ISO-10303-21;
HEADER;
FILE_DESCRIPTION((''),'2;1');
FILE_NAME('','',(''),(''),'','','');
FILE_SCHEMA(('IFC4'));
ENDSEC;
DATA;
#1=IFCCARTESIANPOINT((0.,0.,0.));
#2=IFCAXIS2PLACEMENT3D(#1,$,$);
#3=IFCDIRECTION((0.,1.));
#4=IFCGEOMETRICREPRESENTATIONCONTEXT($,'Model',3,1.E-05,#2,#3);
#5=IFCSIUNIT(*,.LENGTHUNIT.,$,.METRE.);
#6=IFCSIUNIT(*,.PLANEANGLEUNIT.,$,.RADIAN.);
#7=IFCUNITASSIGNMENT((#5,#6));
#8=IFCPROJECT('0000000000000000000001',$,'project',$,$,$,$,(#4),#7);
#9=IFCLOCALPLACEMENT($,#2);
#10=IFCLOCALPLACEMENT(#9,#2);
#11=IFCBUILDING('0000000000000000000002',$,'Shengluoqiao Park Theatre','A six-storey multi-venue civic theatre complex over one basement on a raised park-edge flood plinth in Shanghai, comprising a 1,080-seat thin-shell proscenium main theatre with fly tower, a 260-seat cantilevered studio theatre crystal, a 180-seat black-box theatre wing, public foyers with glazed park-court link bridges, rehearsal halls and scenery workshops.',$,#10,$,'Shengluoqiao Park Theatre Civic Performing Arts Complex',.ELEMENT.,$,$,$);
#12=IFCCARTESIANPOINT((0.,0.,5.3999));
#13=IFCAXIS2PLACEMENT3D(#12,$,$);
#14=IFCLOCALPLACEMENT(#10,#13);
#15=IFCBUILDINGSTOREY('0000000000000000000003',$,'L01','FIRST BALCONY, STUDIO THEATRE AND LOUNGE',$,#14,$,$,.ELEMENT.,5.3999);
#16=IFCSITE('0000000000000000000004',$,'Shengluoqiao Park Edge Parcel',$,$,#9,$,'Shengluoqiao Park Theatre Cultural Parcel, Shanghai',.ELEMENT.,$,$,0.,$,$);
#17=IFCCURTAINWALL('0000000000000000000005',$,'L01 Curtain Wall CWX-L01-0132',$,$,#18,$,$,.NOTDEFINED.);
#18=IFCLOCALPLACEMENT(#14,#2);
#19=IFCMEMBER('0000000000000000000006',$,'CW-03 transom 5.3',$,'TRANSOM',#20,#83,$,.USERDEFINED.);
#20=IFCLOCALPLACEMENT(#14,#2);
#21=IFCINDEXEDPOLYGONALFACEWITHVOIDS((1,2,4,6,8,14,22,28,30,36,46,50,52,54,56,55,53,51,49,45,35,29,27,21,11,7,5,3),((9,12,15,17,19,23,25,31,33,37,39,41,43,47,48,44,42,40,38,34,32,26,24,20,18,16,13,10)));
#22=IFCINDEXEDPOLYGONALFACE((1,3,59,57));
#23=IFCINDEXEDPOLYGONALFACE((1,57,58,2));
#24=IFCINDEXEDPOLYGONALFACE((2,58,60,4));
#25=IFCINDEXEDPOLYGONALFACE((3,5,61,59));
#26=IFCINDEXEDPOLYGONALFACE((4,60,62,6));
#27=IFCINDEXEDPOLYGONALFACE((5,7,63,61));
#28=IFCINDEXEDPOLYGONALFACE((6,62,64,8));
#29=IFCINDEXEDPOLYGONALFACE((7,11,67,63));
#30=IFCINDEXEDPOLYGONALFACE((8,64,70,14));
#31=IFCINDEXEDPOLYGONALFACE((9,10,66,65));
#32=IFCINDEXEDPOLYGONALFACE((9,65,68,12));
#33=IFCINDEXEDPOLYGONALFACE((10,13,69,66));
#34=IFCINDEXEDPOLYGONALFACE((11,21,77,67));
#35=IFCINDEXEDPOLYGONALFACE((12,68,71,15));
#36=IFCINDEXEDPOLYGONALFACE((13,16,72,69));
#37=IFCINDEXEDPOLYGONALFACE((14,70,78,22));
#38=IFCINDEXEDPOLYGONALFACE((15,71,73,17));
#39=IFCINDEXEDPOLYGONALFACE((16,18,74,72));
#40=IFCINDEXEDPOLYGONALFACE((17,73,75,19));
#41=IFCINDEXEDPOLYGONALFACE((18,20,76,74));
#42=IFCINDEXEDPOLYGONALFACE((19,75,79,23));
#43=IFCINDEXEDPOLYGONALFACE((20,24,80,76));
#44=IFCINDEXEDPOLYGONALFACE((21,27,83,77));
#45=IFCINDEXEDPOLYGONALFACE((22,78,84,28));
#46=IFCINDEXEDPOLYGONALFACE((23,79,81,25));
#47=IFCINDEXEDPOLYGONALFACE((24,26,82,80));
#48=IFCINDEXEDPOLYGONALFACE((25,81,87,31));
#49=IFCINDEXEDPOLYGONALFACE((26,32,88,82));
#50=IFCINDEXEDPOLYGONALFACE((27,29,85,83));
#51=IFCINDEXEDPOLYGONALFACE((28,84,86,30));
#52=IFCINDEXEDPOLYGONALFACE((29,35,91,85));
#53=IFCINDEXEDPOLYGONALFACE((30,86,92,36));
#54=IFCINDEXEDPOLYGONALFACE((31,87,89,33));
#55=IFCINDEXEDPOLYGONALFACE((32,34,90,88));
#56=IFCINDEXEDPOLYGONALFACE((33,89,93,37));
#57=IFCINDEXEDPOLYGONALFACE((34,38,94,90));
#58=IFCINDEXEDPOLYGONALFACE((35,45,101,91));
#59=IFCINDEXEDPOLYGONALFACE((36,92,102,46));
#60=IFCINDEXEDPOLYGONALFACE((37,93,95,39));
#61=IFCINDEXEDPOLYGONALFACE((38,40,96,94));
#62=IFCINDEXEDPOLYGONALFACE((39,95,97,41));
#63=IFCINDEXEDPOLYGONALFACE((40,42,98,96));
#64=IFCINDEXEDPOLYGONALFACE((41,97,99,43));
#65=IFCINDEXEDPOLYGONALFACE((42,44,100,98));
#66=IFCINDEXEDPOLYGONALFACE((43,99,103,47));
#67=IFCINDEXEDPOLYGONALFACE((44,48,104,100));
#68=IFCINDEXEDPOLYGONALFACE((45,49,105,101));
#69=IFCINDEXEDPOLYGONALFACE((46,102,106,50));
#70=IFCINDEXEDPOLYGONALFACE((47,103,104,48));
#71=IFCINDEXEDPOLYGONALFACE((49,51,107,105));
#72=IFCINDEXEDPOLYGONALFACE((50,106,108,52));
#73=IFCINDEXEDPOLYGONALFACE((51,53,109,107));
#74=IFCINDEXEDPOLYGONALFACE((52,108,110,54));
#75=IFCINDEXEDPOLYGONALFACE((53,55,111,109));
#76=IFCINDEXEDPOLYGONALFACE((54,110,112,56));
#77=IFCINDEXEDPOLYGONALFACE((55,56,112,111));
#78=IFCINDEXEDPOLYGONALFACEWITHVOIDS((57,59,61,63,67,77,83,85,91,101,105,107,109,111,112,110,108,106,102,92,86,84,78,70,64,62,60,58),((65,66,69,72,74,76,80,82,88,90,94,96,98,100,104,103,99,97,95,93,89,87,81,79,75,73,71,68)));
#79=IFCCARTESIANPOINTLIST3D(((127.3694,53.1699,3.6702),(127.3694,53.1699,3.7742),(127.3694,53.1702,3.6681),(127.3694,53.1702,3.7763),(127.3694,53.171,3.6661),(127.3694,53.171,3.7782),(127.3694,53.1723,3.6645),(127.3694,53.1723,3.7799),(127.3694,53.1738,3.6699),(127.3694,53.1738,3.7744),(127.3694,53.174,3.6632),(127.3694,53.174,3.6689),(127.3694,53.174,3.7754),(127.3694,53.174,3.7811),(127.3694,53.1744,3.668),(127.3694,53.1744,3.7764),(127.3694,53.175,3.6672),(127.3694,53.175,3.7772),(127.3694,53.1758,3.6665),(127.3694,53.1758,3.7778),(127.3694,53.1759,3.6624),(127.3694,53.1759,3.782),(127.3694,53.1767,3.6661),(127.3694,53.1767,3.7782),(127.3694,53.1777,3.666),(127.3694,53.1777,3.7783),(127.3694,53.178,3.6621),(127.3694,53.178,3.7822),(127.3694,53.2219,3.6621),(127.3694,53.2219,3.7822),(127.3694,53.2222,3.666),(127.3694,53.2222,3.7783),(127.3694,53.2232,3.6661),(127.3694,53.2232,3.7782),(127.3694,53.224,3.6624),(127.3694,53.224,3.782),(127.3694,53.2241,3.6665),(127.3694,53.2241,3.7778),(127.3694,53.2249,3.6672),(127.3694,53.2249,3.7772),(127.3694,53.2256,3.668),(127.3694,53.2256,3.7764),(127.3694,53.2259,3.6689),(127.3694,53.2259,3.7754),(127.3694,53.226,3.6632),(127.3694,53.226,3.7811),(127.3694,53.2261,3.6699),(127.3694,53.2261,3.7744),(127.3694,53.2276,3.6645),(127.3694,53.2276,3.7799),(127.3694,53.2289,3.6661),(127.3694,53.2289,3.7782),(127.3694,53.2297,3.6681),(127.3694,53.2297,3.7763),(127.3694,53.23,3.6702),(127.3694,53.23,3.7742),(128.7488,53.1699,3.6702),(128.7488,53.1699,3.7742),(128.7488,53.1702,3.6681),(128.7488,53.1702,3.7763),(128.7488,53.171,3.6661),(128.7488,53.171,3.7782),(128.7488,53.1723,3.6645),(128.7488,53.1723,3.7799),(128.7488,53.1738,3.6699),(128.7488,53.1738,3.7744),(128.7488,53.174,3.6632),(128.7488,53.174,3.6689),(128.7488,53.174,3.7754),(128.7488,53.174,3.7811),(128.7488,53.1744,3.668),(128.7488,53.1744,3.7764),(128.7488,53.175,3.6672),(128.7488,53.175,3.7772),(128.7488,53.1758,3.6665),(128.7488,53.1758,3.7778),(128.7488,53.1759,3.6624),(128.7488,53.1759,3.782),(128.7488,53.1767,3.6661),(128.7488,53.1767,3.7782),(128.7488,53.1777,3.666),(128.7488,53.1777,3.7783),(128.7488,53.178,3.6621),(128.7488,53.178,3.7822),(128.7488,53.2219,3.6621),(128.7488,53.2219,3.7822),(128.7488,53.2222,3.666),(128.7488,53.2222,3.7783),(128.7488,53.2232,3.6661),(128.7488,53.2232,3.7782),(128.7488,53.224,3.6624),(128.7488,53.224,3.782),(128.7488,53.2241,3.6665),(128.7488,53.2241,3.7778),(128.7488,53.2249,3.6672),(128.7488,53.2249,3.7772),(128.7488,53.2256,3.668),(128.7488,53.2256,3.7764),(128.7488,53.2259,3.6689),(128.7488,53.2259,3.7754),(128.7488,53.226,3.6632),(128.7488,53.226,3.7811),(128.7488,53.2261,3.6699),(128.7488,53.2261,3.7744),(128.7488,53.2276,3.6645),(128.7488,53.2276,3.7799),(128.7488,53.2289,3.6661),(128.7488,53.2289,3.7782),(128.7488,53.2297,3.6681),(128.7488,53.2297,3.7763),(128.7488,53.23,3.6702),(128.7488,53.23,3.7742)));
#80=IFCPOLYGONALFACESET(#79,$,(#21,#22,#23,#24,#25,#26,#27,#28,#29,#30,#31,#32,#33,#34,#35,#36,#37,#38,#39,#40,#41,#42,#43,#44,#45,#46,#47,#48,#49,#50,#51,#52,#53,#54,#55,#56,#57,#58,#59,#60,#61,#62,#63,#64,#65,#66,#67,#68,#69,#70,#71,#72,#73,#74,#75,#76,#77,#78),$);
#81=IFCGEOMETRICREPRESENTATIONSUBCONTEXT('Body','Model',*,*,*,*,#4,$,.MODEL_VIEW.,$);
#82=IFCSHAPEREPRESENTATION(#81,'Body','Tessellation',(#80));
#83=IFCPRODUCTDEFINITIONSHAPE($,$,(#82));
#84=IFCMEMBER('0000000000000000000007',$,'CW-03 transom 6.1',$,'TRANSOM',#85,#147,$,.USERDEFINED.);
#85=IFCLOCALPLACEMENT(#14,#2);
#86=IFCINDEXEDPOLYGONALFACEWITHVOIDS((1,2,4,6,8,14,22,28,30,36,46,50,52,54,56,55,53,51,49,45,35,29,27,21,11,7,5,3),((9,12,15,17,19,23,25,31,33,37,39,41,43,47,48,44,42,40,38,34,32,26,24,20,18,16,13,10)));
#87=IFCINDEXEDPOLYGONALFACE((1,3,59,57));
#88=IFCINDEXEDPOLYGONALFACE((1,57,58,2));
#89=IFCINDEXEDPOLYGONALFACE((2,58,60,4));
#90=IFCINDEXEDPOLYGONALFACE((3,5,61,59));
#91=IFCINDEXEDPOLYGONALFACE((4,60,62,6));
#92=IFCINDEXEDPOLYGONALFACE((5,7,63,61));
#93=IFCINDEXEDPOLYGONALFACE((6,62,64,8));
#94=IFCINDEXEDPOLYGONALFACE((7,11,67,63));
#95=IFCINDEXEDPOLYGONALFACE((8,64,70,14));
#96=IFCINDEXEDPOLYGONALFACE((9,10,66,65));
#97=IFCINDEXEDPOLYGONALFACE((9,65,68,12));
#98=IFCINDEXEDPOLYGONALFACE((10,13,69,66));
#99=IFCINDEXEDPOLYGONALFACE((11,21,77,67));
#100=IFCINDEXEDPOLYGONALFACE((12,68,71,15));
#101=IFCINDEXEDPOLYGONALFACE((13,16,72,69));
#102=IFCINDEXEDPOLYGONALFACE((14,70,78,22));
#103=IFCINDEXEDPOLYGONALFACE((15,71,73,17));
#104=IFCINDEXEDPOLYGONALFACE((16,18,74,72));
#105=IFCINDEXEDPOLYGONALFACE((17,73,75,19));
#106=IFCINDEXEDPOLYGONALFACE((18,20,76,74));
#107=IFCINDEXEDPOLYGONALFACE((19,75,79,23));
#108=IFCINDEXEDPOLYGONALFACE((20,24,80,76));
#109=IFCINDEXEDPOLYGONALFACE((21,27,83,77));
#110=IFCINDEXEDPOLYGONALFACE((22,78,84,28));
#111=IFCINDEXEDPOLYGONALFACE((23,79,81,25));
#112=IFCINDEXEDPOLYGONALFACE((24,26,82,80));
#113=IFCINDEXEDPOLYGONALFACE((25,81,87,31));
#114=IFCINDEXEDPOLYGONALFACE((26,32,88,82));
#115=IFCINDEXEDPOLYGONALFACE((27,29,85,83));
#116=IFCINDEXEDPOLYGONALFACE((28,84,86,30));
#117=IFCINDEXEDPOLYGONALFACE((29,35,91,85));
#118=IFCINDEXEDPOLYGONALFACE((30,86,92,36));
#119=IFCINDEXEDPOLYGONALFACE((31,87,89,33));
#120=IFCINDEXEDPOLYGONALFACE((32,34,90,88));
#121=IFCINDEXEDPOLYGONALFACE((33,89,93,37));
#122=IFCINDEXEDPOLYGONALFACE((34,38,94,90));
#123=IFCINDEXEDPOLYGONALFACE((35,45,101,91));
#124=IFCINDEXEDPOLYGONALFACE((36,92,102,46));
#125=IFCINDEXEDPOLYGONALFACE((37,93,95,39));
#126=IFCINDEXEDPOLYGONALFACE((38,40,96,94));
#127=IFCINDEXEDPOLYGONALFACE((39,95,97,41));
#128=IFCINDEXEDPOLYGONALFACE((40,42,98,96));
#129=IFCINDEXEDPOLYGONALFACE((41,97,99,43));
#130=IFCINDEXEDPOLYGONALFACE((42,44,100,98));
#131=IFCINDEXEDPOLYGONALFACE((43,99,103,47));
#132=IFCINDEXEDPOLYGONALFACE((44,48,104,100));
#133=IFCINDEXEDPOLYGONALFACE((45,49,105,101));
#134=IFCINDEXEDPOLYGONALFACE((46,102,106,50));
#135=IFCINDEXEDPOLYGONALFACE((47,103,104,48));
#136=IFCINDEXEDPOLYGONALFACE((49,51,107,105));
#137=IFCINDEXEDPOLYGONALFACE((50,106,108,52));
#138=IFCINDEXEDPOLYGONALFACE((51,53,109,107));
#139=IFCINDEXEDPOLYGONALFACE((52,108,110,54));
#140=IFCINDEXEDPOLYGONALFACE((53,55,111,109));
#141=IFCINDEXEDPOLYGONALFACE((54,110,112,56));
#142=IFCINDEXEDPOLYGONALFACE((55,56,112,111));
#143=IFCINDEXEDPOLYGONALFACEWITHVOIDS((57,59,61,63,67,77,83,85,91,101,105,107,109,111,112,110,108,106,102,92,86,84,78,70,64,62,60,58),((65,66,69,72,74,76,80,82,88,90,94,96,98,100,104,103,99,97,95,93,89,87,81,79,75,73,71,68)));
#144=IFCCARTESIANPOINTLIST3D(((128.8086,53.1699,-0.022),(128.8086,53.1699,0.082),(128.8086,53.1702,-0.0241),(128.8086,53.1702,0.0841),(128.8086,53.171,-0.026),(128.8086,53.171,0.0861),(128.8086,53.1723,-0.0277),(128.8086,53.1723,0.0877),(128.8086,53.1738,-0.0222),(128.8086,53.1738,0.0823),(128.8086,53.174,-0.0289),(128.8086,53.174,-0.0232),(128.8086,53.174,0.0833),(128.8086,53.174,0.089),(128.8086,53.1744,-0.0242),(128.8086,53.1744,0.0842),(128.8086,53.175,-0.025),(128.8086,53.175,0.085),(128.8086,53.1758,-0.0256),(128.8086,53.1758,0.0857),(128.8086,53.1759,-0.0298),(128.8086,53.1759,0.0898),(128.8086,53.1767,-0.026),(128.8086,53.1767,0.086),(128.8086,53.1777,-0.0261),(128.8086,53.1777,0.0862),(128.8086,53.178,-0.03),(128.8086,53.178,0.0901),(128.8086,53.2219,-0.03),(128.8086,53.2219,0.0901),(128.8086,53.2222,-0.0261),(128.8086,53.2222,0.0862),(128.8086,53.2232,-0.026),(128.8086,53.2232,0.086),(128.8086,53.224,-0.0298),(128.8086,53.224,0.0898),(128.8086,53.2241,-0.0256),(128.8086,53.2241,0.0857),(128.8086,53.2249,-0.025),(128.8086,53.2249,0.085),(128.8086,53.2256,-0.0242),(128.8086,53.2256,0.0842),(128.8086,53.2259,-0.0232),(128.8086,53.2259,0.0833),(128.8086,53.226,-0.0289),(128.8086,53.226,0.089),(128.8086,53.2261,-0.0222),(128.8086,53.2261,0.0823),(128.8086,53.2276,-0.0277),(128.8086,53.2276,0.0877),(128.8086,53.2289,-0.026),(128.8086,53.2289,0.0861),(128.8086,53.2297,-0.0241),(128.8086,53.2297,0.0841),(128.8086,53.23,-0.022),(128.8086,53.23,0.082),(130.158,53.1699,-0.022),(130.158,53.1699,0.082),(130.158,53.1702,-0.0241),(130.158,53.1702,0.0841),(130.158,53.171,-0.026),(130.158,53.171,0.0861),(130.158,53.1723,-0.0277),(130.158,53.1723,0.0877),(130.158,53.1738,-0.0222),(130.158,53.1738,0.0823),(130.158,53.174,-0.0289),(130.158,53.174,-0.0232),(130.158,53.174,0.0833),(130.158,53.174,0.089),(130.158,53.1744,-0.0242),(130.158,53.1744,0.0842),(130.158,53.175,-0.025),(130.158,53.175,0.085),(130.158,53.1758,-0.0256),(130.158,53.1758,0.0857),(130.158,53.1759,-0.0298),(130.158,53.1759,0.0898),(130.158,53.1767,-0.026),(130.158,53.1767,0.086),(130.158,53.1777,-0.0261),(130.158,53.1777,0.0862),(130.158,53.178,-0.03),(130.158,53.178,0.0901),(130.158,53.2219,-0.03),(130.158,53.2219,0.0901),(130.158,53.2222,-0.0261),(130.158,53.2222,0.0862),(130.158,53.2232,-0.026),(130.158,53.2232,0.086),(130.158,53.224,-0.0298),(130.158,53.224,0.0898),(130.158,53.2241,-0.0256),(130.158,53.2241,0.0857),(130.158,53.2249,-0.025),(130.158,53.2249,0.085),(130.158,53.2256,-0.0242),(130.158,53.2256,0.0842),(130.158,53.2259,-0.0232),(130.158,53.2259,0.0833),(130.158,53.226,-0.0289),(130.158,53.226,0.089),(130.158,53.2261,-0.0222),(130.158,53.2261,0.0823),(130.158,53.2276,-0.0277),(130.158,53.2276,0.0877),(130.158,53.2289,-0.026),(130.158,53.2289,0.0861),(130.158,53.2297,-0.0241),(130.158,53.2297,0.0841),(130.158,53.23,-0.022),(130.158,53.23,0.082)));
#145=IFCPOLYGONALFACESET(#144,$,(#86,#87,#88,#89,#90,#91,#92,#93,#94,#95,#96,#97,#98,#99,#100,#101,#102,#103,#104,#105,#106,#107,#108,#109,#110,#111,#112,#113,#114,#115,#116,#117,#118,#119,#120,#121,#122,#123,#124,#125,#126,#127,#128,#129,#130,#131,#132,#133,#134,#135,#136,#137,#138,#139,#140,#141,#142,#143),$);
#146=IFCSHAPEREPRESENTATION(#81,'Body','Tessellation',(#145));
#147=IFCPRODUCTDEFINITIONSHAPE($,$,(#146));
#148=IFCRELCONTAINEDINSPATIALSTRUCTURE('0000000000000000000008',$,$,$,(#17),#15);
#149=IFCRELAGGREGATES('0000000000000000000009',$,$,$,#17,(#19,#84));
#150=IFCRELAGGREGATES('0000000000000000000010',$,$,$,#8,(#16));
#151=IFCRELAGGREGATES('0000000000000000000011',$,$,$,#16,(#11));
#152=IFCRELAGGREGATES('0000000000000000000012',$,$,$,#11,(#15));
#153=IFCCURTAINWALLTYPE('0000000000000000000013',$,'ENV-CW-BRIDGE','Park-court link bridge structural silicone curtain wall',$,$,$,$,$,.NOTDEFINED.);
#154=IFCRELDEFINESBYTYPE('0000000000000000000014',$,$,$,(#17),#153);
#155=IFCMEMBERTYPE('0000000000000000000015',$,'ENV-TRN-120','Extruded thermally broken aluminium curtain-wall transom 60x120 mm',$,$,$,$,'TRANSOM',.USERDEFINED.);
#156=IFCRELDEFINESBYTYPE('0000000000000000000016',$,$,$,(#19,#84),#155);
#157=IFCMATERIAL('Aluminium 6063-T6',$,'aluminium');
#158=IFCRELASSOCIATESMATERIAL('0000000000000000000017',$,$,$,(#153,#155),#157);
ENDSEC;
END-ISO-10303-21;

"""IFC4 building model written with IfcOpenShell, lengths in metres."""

from ifc_helpers import new_model, si_unit, direction, frame, origin, origin_2d, place, context, subcontext, project, spatial, hollow_rectangle, extrude, material, material_profile, profile_set, type_object, element, aggregate, save


model = new_model("IFC4")

# Units and contexts
model_context = context("Model", 3, precision=1e-05, world=origin(), true_north=direction((0.0, 1.0)))
body_context = subcontext(model_context, "Body", "Model", "MODEL_VIEW")
ifc_project = project(units=[si_unit("LENGTHUNIT", "METRE"), si_unit("PLANEANGLEUNIT", "RADIAN")], contexts=[model_context])

# Site, building, storey
site_placement = place(None, origin())
site = spatial("IfcSite", under=ifc_project, at=site_placement, Name="Shengluoqiao Park Edge Parcel", LongName="Shengluoqiao Park Theatre Cultural Parcel, Shanghai", CompositionType="ELEMENT", RefElevation=0.0)
building_placement = place(site_placement, origin())
building = spatial("IfcBuilding", under=site, at=building_placement, Name="Shengluoqiao Park Theatre", Description="A six-storey multi-venue civic theatre complex over one basement on a raised park-edge flood plinth in Shanghai, comprising a 1,080-seat thin-shell proscenium main theatre with fly tower, a 260-seat cantilevered studio theatre crystal, a 180-seat black-box theatre wing, public foyers with glazed park-court link bridges, rehearsal halls and scenery workshops.", LongName="Shengluoqiao Park Theatre Civic Performing Arts Complex", CompositionType="ELEMENT")
storey_placement = place(building_placement, frame((0.0, 0.0, 5.3999)))
storey = spatial("IfcBuildingStorey", under=building, at=storey_placement, Name="L01", Description="FIRST BALCONY, STUDIO THEATRE AND LOUNGE", CompositionType="ELEMENT", Elevation=5.3999)

# Curtain wall, members
ifc_material_1 = material(Name="Aluminium 6063-T6", Category="aluminium")
curtain_wall_type = type_object("IfcCurtainWallType", Name="ENV-CW-BRIDGE", Description="Park-court link bridge structural silicone curtain wall", PredefinedType="NOTDEFINED", material=ifc_material_1)
curtain_wall_placement = place(storey_placement, origin())
curtain_wall = element("IfcCurtainWall", 1, at=curtain_wall_placement, inside=storey, type_object=curtain_wall_type, Name="L01 Curtain Wall CWX-L01-0132", PredefinedType="NOTDEFINED")
ifc_material_profile_1 = material_profile(ifc_material_1, hollow_rectangle(XDim=0.0601, YDim=0.1201, WallThickness=0.0039, InnerFilletRadius=0.0039, OuterFilletRadius=0.0081, at=origin_2d()), Name="ALU TRANSOM 120x60x4")
ifc_profile_set_1 = profile_set([ifc_material_profile_1], Name="Aluminium 6063-T6")
member_type_1 = type_object("IfcMemberType", Name="ENV-TRN-120", Description="Extruded thermally broken aluminium curtain-wall transom 60x120 mm", ElementType="TRANSOM", PredefinedType="USERDEFINED", material=ifc_profile_set_1)
member_1_placement = place(storey_placement, frame((127.3694, 53.2, 3.7222), z_axis=(1.0, 0.0, 0.0), x_axis=(0.0, 1.0, 0.0)))
member_1 = element("IfcMember", 2, at=member_1_placement, type_object=member_type_1, Name="CW-03 transom 5.3", ObjectType="TRANSOM", PredefinedType="USERDEFINED", context=body_context, shape_type="SweptSolid", body=[
    extrude(hollow_rectangle(XDim=0.0601, YDim=0.1201, WallThickness=0.0039, InnerFilletRadius=0.0039, OuterFilletRadius=0.0081, at=origin_2d()), origin(), (0.0, 0.0, 1.0), 1.3794),
])
member_2_placement = place(storey_placement, frame((128.8086, 53.2, 0.03), z_axis=(1.0, 0.0, 0.0), x_axis=(0.0, 1.0, 0.0)))
member_2 = element("IfcMember", 3, at=member_2_placement, type_object=member_type_1, Name="CW-03 transom 6.1", ObjectType="TRANSOM", PredefinedType="USERDEFINED", context=body_context, shape_type="SweptSolid", body=[
    extrude(hollow_rectangle(XDim=0.0601, YDim=0.1201, WallThickness=0.0039, InnerFilletRadius=0.0039, OuterFilletRadius=0.0081, at=origin_2d()), origin(), (0.0, 0.0, 1.0), 1.3494),
])

aggregate(curtain_wall, [member_1, member_2])

save(model, "model.ifc")
